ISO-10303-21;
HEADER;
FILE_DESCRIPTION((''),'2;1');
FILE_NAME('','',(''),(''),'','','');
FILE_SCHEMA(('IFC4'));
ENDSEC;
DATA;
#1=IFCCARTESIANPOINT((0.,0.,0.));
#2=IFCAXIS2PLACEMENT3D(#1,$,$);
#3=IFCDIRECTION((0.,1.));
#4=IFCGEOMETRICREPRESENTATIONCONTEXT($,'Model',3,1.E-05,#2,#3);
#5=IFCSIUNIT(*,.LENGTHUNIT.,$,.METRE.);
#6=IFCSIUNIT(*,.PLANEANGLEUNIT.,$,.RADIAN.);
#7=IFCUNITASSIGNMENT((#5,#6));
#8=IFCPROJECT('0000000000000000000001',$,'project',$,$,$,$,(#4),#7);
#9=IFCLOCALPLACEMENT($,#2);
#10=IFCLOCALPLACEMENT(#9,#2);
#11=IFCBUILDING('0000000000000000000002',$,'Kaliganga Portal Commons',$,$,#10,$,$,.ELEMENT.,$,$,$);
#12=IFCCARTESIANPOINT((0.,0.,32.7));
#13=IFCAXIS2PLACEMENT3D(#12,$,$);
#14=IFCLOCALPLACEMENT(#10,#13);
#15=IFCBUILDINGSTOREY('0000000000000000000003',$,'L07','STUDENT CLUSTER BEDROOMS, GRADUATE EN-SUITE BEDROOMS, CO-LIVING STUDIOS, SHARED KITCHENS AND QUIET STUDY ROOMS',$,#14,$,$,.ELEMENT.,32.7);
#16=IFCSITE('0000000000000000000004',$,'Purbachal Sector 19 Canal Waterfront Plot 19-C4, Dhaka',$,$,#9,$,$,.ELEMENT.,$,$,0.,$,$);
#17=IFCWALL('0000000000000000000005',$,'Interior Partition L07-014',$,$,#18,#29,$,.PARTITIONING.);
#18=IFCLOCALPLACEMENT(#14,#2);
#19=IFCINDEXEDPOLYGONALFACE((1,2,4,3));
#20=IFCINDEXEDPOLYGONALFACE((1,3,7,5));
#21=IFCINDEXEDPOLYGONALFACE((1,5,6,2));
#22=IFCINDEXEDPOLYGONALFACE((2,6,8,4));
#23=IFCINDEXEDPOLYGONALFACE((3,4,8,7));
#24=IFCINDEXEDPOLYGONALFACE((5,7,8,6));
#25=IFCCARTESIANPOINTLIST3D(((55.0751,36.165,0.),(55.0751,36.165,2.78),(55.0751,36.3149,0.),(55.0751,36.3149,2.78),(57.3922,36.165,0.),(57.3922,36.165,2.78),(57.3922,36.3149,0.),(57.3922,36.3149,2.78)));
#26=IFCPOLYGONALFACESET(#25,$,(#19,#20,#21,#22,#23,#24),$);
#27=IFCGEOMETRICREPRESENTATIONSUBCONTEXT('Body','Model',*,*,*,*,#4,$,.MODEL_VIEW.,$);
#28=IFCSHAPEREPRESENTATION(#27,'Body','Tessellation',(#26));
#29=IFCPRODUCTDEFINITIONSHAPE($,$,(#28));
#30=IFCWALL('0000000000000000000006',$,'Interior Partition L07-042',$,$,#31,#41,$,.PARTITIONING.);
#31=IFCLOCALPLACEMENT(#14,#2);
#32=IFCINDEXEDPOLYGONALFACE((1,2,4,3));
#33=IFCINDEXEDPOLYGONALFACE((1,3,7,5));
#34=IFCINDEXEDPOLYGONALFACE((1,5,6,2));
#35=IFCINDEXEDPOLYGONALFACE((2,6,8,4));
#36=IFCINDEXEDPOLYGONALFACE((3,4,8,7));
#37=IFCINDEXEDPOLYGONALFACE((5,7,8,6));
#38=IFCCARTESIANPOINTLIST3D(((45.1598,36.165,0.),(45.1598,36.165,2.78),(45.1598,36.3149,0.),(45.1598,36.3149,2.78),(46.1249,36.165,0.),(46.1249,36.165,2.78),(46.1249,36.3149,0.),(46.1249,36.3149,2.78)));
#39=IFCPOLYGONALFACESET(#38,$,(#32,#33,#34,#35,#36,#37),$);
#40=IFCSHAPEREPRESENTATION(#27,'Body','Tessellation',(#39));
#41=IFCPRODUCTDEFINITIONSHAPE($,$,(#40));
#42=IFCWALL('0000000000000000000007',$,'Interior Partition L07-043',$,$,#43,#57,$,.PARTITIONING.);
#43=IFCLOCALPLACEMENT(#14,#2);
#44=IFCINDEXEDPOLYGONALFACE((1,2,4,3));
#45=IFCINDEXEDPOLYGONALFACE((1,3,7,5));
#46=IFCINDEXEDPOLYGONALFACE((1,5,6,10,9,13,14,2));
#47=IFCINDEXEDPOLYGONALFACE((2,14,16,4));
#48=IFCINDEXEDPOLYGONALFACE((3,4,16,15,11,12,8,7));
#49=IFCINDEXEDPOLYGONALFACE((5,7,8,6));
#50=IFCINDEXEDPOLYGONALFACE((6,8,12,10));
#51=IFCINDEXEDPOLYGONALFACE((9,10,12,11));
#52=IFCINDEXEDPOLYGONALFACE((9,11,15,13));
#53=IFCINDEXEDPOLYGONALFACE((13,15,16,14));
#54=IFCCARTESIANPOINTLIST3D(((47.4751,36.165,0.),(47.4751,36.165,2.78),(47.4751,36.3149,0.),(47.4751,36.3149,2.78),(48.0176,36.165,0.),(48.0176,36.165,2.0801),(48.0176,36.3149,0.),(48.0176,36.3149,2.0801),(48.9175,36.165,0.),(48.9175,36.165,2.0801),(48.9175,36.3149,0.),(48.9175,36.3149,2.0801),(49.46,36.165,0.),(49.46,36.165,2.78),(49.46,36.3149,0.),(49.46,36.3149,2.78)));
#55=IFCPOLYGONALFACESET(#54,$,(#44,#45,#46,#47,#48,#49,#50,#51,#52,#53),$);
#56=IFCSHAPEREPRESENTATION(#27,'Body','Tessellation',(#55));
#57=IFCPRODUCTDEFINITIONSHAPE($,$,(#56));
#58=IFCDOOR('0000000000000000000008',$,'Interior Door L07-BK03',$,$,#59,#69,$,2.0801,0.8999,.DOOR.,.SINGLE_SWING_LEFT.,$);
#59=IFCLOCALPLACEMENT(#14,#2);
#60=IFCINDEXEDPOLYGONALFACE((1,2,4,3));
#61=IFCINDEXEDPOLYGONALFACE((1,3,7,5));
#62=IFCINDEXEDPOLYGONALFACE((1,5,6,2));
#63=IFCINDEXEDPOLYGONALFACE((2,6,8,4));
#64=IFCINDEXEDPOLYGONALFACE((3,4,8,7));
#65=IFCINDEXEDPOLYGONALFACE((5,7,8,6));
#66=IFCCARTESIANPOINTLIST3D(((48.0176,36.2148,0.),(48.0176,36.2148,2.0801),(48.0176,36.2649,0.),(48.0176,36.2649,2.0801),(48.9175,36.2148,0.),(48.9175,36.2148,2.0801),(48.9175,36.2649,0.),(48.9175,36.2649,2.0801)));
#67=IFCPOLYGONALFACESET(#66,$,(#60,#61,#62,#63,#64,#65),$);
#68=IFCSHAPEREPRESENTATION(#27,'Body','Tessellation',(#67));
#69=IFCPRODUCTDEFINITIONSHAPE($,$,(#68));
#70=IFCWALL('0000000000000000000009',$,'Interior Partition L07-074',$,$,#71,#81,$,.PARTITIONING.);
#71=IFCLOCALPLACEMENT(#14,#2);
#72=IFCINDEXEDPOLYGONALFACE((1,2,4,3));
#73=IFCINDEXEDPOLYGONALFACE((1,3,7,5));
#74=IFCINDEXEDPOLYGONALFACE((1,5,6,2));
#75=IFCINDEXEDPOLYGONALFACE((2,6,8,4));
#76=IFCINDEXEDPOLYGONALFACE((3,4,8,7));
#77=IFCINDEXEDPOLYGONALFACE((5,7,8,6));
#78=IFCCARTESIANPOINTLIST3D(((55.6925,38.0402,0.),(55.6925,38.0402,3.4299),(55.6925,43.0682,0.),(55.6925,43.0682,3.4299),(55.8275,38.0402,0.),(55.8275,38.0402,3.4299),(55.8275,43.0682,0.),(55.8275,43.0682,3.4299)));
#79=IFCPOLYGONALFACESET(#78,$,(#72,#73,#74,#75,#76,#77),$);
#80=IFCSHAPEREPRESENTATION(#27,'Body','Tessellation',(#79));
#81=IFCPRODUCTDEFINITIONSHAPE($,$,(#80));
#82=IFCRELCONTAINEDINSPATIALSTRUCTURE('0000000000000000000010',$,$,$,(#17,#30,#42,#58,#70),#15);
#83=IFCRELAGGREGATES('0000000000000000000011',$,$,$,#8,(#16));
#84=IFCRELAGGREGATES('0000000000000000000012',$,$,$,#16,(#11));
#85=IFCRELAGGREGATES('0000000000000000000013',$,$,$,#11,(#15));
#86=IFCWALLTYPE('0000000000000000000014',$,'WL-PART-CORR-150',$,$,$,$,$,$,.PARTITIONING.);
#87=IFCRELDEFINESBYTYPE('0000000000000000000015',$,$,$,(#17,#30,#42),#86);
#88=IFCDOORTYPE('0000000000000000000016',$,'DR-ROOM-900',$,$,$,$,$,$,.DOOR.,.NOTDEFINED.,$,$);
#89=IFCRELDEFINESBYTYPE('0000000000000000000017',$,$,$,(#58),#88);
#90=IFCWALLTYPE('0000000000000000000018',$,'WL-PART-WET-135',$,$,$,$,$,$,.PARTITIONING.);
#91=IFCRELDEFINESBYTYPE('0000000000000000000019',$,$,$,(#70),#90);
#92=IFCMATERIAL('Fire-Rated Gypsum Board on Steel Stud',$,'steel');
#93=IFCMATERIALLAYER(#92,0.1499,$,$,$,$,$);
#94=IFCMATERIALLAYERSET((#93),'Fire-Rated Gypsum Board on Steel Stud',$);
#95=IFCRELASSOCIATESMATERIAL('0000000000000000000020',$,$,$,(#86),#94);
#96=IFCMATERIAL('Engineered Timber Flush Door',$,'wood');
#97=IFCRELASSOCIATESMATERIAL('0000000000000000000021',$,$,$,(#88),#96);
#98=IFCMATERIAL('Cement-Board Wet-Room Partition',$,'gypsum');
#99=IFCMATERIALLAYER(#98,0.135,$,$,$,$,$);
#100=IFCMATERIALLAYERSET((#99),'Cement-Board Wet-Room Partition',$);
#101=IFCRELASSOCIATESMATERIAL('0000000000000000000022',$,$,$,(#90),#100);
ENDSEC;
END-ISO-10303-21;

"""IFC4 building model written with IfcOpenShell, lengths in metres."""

from ifc_helpers import new_model, si_unit, direction, frame, frame_2d, origin, place, context, subcontext, project, spatial, rectangle, extrude, material, layer, layer_set, type_object, element, fill, save


model = new_model("IFC4")

# Units and contexts
model_context = context("Model", 3, precision=1e-05, world=origin(), true_north=direction((0.0, 1.0)))
body_context = subcontext(model_context, "Body", "Model", "MODEL_VIEW")
ifc_project = project(units=[si_unit("LENGTHUNIT", "METRE"), si_unit("PLANEANGLEUNIT", "RADIAN")], contexts=[model_context])

# Site, building, storey
site_placement = place(None, origin())
site = spatial("IfcSite", under=ifc_project, at=site_placement, Name="Purbachal Sector 19 Canal Waterfront Plot 19-C4, Dhaka", CompositionType="ELEMENT", RefElevation=0.0)
building_placement = place(site_placement, origin())
building = spatial("IfcBuilding", under=site, at=building_placement, Name="Kaliganga Portal Commons", CompositionType="ELEMENT")
storey_placement = place(building_placement, frame((0.0, 0.0, 32.7)))
storey = spatial("IfcBuildingStorey", under=building, at=storey_placement, Name="L07", Description="STUDENT CLUSTER BEDROOMS, GRADUATE EN-SUITE BEDROOMS, CO-LIVING STUDIOS, SHARED KITCHENS AND QUIET STUDY ROOMS", CompositionType="ELEMENT", Elevation=32.7)

# Shared definitions
ifc_material_1 = material(Name="Fire-Rated Gypsum Board on Steel Stud", Category="steel")
ifc_layer_1 = layer(ifc_material_1, 0.1499)
ifc_layer_set_1 = layer_set([ifc_layer_1], Name="Fire-Rated Gypsum Board on Steel Stud")
wall_type_1 = type_object("IfcWallType", Name="WL-PART-CORR-150", PredefinedType="PARTITIONING", material=ifc_layer_set_1)

# Walls
wall_1_placement = place(storey_placement, frame((55.075, 36.24, 0.0), z_axis=(0.0, 0.0, 1.0), x_axis=(1.0, 0.0, 0.0)))
element("IfcWall", 1, at=wall_1_placement, inside=storey, type_object=wall_type_1, Name="Interior Partition L07-014", PredefinedType="PARTITIONING", context=body_context, shape_type="SweptSolid", body=[
    extrude(rectangle(XDim=2.3171, YDim=0.1499, at=frame_2d((1.1587, 0.0))), origin(), (0.0, 0.0, 1.0), 2.78),
])
wall_2_placement = place(storey_placement, frame((45.1599, 36.24, 0.0), z_axis=(0.0, 0.0, 1.0), x_axis=(1.0, 0.0, 0.0)))
element("IfcWall", 2, at=wall_2_placement, inside=storey, type_object=wall_type_1, Name="Interior Partition L07-042", PredefinedType="PARTITIONING", context=body_context, shape_type="SweptSolid", body=[
    extrude(rectangle(XDim=0.9651, YDim=0.1499, at=frame_2d((0.4824, 0.0))), origin(), (0.0, 0.0, 1.0), 2.78),
])

# Wall, opening, door
wall_3_placement = place(storey_placement, frame((47.4751, 36.24, 0.0), z_axis=(0.0, 0.0, 1.0), x_axis=(1.0, 0.0, 0.0)))
wall_3 = element("IfcWall", 3, at=wall_3_placement, inside=storey, type_object=wall_type_1, Name="Interior Partition L07-043", PredefinedType="PARTITIONING", context=body_context, shape_type="SweptSolid", body=[
    extrude(rectangle(XDim=1.9849, YDim=0.1499, at=frame_2d((0.9924, 0.0))), origin(), (0.0, 0.0, 1.0), 2.78),
])
opening_1_placement = place(wall_3_placement, frame((0.5425, 0.0, 0.0)))
opening_1 = element("IfcOpeningElement", 4, at=opening_1_placement, cuts=wall_3, PredefinedType="OPENING", context=body_context, shape_type="SweptSolid", body=[
    extrude(rectangle(XDim=0.8999, YDim=2.0801, at=frame_2d((0.45, 1.04))), frame((0.0, 0.085, 0.0), z_axis=(0.0, -1.0, 0.0), x_axis=(1.0, 0.0, 0.0)), (0.0, 0.0, 1.0), 0.1699),
])
ifc_material_2 = material(Name="Engineered Timber Flush Door", Category="wood")
door_type_1 = type_object("IfcDoorType", Name="DR-ROOM-900", OperationType="NOTDEFINED", PredefinedType="DOOR", material=ifc_material_2)
door_1_placement = place(opening_1_placement, origin())
door_1 = element("IfcDoor", 5, at=door_1_placement, inside=storey, type_object=door_type_1, Name="Interior Door L07-BK03", OperationType="SINGLE_SWING_LEFT", OverallHeight=2.0801, OverallWidth=0.8999, PredefinedType="DOOR", context=body_context, shape_type="SweptSolid", body=[
    extrude(rectangle(XDim=0.8999, YDim=2.0801, at=frame_2d((0.45, 1.04))), frame((0.0, 0.0249, 0.0), z_axis=(0.0, -1.0, 0.0), x_axis=(1.0, 0.0, 0.0)), (0.0, 0.0, 1.0), 0.05),
])
fill(opening_1, door_1)

# Wall
ifc_material_3 = material(Name="Cement-Board Wet-Room Partition", Category="gypsum")
ifc_layer_2 = layer(ifc_material_3, 0.135)
ifc_layer_set_2 = layer_set([ifc_layer_2], Name="Cement-Board Wet-Room Partition")
wall_type_2 = type_object("IfcWallType", Name="WL-PART-WET-135", PredefinedType="PARTITIONING", material=ifc_layer_set_2)
wall_4_placement = place(storey_placement, frame((55.76, 38.04, 0.0), z_axis=(0.0, 0.0, 1.0), x_axis=(0.0, 1.0, 0.0)))
element("IfcWall", 6, at=wall_4_placement, inside=storey, type_object=wall_type_2, Name="Interior Partition L07-074", PredefinedType="PARTITIONING", context=body_context, shape_type="SweptSolid", body=[
    extrude(rectangle(XDim=5.0281, YDim=0.135, at=frame_2d((2.5142, 0.0))), origin(), (0.0, 0.0, 1.0), 3.4299),
])

save(model, "model.ifc")
